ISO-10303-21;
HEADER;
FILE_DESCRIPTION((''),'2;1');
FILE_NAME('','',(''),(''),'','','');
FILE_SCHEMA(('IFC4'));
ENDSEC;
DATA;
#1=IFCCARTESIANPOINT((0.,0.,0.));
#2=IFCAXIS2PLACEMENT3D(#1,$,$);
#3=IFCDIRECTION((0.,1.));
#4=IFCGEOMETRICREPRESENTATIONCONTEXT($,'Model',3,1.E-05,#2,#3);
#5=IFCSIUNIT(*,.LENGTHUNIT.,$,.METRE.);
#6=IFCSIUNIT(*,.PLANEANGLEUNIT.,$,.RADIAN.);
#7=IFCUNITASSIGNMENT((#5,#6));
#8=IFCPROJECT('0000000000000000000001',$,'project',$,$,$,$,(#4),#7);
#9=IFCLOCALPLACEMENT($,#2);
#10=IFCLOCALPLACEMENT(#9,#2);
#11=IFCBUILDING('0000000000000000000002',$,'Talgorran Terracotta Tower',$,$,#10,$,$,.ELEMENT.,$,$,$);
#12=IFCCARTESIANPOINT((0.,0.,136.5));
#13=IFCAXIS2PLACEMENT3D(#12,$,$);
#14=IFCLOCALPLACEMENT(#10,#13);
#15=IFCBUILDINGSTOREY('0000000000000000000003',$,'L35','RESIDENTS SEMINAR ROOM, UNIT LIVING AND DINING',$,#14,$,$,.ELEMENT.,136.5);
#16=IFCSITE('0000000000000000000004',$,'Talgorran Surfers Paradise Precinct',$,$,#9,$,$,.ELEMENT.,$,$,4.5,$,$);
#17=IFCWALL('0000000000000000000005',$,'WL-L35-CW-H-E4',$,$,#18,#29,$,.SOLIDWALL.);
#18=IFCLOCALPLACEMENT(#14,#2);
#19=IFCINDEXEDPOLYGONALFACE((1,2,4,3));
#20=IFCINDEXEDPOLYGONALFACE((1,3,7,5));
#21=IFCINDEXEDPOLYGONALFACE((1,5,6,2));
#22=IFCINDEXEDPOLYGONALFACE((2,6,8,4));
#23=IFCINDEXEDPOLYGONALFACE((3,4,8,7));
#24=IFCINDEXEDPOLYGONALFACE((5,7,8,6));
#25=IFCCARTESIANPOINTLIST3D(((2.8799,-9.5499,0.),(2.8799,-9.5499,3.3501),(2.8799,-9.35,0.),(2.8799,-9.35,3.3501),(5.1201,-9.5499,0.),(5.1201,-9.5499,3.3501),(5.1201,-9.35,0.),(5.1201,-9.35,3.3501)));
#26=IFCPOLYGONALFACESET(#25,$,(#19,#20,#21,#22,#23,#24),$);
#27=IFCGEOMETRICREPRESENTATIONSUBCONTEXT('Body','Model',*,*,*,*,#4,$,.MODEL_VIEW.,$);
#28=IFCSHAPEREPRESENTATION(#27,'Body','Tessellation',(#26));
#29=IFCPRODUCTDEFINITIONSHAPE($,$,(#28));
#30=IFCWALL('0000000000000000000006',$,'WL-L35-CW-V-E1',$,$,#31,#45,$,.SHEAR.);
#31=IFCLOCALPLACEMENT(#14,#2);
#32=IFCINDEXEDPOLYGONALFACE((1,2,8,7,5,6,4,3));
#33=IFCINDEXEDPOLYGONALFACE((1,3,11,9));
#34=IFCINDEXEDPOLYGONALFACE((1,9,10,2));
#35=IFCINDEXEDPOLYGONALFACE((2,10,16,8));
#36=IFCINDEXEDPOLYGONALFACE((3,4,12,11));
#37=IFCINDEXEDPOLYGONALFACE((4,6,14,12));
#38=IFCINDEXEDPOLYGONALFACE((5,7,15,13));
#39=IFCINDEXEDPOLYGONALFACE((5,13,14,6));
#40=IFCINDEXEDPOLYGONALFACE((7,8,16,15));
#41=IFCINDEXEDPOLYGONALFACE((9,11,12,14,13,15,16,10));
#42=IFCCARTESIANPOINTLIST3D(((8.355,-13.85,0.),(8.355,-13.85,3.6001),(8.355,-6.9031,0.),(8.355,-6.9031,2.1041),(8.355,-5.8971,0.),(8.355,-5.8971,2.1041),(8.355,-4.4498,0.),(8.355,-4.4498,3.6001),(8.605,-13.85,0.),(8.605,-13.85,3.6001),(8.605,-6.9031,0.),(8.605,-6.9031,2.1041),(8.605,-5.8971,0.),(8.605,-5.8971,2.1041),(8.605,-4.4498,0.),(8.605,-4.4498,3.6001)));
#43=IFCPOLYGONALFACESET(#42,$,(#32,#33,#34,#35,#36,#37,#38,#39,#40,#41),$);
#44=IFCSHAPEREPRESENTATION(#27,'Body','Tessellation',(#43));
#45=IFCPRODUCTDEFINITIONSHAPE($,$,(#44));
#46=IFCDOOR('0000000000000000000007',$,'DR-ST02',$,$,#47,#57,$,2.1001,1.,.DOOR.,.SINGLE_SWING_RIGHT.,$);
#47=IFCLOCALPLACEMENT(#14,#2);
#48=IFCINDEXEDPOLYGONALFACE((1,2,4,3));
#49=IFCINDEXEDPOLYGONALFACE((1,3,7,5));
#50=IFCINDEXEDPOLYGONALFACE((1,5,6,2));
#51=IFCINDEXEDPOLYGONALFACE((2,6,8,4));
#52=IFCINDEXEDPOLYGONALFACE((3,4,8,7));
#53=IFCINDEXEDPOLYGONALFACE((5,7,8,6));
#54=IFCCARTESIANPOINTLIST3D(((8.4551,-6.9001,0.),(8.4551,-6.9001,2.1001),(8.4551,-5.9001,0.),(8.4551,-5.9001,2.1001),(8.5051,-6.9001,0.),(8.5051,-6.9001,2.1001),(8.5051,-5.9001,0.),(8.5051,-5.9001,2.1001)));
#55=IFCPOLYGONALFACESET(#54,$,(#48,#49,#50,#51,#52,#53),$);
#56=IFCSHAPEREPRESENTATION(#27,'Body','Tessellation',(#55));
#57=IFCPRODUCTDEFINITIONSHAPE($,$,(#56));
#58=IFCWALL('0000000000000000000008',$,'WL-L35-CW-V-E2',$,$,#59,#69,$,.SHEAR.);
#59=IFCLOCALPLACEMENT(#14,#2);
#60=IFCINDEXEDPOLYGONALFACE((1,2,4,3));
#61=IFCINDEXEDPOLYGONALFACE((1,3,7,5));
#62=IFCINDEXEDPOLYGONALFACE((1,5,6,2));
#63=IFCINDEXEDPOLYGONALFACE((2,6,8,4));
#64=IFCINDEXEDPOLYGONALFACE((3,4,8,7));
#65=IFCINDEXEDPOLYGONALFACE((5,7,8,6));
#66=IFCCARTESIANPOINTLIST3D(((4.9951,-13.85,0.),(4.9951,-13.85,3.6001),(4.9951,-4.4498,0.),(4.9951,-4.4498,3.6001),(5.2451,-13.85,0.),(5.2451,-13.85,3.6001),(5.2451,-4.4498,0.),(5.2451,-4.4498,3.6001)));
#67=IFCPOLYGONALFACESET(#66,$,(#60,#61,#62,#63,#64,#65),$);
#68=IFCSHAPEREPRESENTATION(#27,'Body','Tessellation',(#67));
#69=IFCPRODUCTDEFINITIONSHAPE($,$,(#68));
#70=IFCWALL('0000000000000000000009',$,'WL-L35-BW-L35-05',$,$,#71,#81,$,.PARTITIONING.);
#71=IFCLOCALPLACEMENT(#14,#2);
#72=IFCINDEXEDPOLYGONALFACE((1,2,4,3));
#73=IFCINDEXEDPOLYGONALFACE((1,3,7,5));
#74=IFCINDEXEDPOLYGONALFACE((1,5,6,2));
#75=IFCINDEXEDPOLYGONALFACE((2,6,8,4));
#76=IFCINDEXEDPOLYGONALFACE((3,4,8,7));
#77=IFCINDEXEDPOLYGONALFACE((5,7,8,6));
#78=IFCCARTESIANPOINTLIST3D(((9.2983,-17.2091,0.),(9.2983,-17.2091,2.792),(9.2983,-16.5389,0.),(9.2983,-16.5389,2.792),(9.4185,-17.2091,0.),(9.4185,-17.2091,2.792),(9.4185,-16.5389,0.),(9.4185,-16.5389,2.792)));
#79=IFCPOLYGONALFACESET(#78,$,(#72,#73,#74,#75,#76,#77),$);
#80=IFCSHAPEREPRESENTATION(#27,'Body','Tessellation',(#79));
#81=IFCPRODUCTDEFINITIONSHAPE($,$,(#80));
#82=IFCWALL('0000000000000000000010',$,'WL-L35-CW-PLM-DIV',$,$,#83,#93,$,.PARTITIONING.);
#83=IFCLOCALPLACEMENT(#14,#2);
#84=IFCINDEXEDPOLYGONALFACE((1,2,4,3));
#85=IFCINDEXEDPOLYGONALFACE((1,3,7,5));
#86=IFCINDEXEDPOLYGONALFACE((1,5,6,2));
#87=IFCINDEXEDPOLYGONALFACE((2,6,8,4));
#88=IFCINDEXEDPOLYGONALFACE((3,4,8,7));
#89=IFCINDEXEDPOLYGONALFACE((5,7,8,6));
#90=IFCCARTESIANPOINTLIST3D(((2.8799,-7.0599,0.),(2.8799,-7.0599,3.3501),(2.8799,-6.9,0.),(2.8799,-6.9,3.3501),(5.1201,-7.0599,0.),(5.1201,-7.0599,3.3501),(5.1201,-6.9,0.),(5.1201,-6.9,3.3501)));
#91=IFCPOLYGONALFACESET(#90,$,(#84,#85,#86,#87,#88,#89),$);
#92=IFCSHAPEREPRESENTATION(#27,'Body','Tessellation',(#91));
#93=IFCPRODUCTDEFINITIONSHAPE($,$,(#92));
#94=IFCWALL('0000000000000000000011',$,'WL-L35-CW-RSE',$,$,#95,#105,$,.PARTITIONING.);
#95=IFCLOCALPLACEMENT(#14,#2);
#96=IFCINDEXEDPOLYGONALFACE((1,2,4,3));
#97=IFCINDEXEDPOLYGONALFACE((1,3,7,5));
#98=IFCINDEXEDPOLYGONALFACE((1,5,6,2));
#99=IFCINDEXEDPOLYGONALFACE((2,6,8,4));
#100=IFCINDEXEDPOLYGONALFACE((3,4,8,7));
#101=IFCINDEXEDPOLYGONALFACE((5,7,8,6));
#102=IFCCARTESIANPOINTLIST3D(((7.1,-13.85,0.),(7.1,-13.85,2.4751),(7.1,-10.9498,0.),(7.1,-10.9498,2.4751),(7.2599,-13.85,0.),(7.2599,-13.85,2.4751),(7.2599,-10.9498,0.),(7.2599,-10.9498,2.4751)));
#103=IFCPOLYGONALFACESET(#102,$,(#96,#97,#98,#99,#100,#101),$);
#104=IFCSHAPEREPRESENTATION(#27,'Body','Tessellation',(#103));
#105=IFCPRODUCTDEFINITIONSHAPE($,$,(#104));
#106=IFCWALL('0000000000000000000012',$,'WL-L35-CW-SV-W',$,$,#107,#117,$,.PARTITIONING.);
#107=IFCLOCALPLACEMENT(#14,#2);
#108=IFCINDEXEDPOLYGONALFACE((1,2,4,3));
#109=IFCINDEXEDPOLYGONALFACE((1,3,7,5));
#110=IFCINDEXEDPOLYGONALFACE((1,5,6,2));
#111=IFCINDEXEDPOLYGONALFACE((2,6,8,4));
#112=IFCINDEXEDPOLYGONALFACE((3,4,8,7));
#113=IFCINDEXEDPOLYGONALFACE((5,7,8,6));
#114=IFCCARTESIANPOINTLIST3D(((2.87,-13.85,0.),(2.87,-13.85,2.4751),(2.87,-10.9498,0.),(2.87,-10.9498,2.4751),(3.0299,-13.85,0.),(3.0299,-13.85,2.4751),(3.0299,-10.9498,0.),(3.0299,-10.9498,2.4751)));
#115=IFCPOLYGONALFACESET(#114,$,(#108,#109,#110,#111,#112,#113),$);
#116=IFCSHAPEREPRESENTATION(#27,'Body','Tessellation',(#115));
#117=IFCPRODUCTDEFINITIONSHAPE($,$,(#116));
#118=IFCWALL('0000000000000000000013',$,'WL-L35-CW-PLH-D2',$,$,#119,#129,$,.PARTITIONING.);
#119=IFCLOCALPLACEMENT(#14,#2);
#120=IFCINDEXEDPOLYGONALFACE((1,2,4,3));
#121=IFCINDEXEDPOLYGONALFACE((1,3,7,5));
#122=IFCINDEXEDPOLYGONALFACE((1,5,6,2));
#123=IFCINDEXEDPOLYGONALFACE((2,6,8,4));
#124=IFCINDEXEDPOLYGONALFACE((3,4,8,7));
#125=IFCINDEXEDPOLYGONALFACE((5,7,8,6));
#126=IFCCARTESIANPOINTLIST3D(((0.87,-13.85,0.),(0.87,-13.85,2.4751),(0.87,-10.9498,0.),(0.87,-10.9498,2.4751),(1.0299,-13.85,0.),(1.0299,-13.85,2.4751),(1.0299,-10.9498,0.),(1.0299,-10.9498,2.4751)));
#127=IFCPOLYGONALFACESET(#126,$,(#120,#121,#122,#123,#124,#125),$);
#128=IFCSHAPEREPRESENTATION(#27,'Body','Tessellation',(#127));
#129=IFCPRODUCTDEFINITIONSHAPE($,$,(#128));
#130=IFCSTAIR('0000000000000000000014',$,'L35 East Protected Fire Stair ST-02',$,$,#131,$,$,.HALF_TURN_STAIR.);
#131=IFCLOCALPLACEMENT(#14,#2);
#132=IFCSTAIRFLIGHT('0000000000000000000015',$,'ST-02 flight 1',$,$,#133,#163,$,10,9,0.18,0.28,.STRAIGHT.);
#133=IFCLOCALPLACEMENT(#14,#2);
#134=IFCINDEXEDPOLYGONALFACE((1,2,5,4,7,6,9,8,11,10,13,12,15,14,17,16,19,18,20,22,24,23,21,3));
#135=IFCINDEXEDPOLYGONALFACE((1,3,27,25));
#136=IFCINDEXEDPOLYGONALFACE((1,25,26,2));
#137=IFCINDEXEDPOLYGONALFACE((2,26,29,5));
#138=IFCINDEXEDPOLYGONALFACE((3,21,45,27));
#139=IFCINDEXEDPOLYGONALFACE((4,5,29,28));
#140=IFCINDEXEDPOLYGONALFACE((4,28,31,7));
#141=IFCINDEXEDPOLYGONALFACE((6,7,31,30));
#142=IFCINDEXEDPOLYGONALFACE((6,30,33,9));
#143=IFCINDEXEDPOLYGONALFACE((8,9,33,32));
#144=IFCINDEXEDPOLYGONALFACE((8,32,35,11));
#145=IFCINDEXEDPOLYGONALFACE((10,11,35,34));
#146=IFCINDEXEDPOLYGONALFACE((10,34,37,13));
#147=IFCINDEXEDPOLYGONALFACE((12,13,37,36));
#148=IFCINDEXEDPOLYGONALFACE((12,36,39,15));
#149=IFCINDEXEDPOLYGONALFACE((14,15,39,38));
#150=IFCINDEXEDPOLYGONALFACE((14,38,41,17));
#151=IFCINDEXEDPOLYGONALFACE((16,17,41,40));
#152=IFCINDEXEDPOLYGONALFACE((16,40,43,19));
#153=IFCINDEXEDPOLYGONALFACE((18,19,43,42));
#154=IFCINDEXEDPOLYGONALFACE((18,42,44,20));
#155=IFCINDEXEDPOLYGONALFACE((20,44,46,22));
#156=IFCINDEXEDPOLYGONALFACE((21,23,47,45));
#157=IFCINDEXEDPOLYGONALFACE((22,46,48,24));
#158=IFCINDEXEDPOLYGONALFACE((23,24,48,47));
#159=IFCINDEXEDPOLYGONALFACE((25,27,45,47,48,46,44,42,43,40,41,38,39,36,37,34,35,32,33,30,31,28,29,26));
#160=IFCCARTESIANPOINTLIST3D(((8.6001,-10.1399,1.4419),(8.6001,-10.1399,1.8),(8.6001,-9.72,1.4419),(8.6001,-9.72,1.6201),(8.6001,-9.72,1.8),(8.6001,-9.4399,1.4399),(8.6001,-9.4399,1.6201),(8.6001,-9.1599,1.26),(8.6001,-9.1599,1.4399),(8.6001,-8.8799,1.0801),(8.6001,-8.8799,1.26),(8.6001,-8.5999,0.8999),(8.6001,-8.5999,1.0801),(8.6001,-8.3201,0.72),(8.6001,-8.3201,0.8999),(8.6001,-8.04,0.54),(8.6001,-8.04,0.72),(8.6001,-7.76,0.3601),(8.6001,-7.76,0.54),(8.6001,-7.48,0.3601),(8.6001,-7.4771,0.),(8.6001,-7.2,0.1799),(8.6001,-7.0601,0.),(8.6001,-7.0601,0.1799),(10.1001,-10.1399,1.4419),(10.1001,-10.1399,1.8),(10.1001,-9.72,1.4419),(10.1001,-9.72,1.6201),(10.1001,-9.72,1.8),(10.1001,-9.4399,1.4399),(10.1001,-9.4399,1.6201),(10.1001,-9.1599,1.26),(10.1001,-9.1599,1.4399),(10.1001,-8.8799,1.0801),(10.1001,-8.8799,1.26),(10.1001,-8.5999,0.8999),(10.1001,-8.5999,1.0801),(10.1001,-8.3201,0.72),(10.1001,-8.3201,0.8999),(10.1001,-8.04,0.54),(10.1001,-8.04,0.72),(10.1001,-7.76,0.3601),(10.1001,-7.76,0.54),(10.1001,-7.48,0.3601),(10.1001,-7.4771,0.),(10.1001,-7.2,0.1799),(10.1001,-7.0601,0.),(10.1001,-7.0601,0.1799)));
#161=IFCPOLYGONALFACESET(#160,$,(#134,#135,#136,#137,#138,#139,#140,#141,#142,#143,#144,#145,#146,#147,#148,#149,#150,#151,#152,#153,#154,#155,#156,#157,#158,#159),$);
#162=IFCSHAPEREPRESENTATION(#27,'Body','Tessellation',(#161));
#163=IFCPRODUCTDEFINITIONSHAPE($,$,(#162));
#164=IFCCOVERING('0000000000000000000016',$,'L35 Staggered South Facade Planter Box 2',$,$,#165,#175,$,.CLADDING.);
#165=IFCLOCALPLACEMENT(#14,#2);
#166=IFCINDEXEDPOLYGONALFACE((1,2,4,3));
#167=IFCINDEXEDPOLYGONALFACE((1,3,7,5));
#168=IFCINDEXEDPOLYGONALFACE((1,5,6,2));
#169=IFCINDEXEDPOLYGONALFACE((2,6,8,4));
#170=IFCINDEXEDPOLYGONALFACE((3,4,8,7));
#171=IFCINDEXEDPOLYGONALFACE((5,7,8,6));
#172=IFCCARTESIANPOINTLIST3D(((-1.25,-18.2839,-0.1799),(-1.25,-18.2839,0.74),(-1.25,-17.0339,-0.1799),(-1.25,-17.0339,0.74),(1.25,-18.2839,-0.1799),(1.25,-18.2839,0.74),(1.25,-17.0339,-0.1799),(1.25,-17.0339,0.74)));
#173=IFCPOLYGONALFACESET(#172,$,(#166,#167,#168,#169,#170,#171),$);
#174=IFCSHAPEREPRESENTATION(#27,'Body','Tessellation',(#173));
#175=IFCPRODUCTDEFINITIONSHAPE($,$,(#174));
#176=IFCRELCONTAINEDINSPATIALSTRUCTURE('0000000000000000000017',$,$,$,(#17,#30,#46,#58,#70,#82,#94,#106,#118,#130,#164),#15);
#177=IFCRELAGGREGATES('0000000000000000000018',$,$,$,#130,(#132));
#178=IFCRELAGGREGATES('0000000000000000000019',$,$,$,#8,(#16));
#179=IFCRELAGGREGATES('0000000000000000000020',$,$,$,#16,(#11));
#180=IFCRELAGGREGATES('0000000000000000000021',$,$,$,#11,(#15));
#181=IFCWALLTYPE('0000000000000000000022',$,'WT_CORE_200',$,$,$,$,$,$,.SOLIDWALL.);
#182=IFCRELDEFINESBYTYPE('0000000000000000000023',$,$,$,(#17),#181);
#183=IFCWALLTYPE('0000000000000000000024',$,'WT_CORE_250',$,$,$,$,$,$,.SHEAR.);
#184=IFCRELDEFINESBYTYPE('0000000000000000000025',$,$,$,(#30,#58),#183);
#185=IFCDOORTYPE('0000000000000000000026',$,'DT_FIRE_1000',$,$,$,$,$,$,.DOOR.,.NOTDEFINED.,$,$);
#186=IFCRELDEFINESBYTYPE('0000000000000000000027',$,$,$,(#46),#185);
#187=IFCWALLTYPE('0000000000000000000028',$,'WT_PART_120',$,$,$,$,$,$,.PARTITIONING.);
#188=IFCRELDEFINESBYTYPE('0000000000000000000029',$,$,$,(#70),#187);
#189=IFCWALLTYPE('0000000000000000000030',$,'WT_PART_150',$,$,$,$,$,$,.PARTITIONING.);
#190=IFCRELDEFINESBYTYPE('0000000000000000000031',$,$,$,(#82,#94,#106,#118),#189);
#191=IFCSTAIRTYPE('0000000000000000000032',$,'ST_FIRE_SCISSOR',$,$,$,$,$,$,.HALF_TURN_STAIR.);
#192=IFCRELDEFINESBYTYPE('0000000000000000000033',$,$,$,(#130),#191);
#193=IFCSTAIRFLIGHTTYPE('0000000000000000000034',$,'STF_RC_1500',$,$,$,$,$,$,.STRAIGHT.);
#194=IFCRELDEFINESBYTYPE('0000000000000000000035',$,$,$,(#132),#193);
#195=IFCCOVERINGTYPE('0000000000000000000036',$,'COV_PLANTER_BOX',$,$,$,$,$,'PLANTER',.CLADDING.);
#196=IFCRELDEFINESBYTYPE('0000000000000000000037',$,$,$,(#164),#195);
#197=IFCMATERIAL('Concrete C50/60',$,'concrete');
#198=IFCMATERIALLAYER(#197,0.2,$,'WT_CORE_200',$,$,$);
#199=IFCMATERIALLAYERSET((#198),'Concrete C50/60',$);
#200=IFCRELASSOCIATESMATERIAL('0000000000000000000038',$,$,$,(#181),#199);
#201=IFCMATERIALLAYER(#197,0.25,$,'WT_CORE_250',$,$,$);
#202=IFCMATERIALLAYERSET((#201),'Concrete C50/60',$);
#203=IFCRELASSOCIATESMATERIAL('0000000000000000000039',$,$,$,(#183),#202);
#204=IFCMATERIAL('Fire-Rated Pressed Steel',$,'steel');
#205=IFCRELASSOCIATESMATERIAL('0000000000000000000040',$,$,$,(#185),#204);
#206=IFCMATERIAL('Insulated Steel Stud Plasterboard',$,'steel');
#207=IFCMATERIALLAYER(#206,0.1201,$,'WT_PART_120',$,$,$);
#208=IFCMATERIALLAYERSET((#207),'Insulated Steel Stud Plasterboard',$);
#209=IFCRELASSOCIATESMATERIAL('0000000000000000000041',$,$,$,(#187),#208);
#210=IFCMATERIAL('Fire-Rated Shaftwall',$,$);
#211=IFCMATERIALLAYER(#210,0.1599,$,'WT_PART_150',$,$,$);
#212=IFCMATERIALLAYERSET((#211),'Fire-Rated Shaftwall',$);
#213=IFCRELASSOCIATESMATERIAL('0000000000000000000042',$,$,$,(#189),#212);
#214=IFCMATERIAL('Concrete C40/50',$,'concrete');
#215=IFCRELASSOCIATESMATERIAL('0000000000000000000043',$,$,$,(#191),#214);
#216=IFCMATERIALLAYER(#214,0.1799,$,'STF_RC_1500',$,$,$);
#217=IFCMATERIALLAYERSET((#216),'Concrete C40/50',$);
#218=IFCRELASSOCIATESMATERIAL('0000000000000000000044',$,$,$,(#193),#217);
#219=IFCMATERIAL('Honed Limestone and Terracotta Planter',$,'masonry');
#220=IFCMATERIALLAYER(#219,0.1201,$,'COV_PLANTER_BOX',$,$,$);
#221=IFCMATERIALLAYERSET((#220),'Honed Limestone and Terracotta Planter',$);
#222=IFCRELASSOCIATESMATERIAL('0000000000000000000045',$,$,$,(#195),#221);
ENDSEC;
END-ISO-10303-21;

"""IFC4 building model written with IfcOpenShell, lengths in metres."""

from ifc_helpers import new_model, si_unit, direction, frame, frame_2d, origin, origin_2d, place, context, subcontext, project, spatial, polyline, rectangle, outline, extrude, material, layer, layer_set, type_object, element, fill, aggregate, save


model = new_model("IFC4")

# Units and contexts
model_context = context("Model", 3, precision=1e-05, world=origin(), true_north=direction((0.0, 1.0)))
body_context = subcontext(model_context, "Body", "Model", "MODEL_VIEW")
ifc_project = project(units=[si_unit("LENGTHUNIT", "METRE"), si_unit("PLANEANGLEUNIT", "RADIAN")], contexts=[model_context])

# Site, building, storey
site_placement = place(None, origin())
site = spatial("IfcSite", under=ifc_project, at=site_placement, Name="Talgorran Surfers Paradise Precinct", CompositionType="ELEMENT", RefElevation=4.5)
building_placement = place(site_placement, origin())
building = spatial("IfcBuilding", under=site, at=building_placement, Name="Talgorran Terracotta Tower", CompositionType="ELEMENT")
storey_placement = place(building_placement, frame((0.0, 0.0, 136.5)))
storey = spatial("IfcBuildingStorey", under=building, at=storey_placement, Name="L35", Description="RESIDENTS SEMINAR ROOM, UNIT LIVING AND DINING", CompositionType="ELEMENT", Elevation=136.5)

# Shared definitions
ifc_material_1 = material(Name="Concrete C50/60", Category="concrete")

# Shared definitions
ifc_layer_1 = layer(ifc_material_1, 0.2, Name="WT_CORE_200")
ifc_layer_set_1 = layer_set([ifc_layer_1], Name="Concrete C50/60")
wall_type_1 = type_object("IfcWallType", Name="WT_CORE_200", PredefinedType="SOLIDWALL", material=ifc_layer_set_1)

# Shared definitions
ifc_material_2 = material(Name="Fire-Rated Pressed Steel", Category="steel")

# Wall
wall_1_placement = place(storey_placement, frame((2.8799, -9.45, 0.0), z_axis=(0.0, 0.0, 1.0), x_axis=(1.0, 0.0, 0.0)))
element("IfcWall", 1, at=wall_1_placement, inside=storey, type_object=wall_type_1, Name="WL-L35-CW-H-E4", PredefinedType="SOLIDWALL", context=body_context, shape_type="SweptSolid", body=[
    extrude(rectangle(XDim=2.2402, YDim=0.2, at=frame_2d((1.1201, 0.0))), origin(), (0.0, 0.0, 1.0), 3.3501),
])

# Wall, opening, door
ifc_layer_2 = layer(ifc_material_1, 0.25, Name="WT_CORE_250")
ifc_layer_set_2 = layer_set([ifc_layer_2], Name="Concrete C50/60")
wall_type_2 = type_object("IfcWallType", Name="WT_CORE_250", PredefinedType="SHEAR", material=ifc_layer_set_2)
wall_2_placement = place(storey_placement, frame((8.48, -13.8501, 0.0), z_axis=(0.0, 0.0, 1.0), x_axis=(0.0, 1.0, 0.0)))
wall_2 = element("IfcWall", 2, at=wall_2_placement, inside=storey, type_object=wall_type_2, Name="WL-L35-CW-V-E1", PredefinedType="SHEAR", context=body_context, shape_type="SweptSolid", body=[
    extrude(rectangle(XDim=9.4001, YDim=0.25, at=frame_2d((4.7002, 0.0))), origin(), (0.0, 0.0, 1.0), 3.6001),
])
opening_1_placement = place(wall_2_placement, frame((6.95, 0.0, 0.0)))
opening_1 = element("IfcOpeningElement", 3, at=opening_1_placement, cuts=wall_2, PredefinedType="OPENING", context=body_context, shape_type="SweptSolid", body=[
    extrude(rectangle(XDim=1.006, YDim=2.1041, at=frame_2d((0.5, 1.052))), frame((0.0, 0.135, 0.0), z_axis=(0.0, -1.0, 0.0), x_axis=(1.0, 0.0, 0.0)), (0.0, 0.0, 1.0), 0.27),
])
door_type_1 = type_object("IfcDoorType", Name="DT_FIRE_1000", OperationType="NOTDEFINED", PredefinedType="DOOR", material=ifc_material_2)
door_1_placement = place(opening_1_placement, origin())
door_1 = element("IfcDoor", 4, at=door_1_placement, inside=storey, type_object=door_type_1, Name="DR-ST02", OperationType="SINGLE_SWING_RIGHT", OverallHeight=2.1001, OverallWidth=1.0, PredefinedType="DOOR", context=body_context, shape_type="SweptSolid", body=[
    extrude(rectangle(XDim=1.0, YDim=2.1001, at=frame_2d((0.5, 1.05))), frame((0.0, 0.0249, 0.0), z_axis=(0.0, -1.0, 0.0), x_axis=(1.0, 0.0, 0.0)), (0.0, 0.0, 1.0), 0.05),
])
fill(opening_1, door_1)

# Walls
wall_3_placement = place(storey_placement, frame((5.1201, -13.8501, 0.0), z_axis=(0.0, 0.0, 1.0), x_axis=(0.0, 1.0, 0.0)))
element("IfcWall", 5, at=wall_3_placement, inside=storey, type_object=wall_type_2, Name="WL-L35-CW-V-E2", PredefinedType="SHEAR", context=body_context, shape_type="SweptSolid", body=[
    extrude(rectangle(XDim=9.4001, YDim=0.25, at=frame_2d((4.7002, 0.0))), origin(), (0.0, 0.0, 1.0), 3.6001),
])
ifc_material_3 = material(Name="Insulated Steel Stud Plasterboard", Category="steel")
ifc_layer_3 = layer(ifc_material_3, 0.1201, Name="WT_PART_120")
ifc_layer_set_3 = layer_set([ifc_layer_3], Name="Insulated Steel Stud Plasterboard")
wall_type_3 = type_object("IfcWallType", Name="WT_PART_120", PredefinedType="PARTITIONING", material=ifc_layer_set_3)
wall_4_placement = place(storey_placement, frame((9.3584, -17.209, 0.0), z_axis=(0.0, 0.0, 1.0), x_axis=(0.0, 1.0, 0.0)))
element("IfcWall", 6, at=wall_4_placement, inside=storey, type_object=wall_type_3, Name="WL-L35-BW-L35-05", PredefinedType="PARTITIONING", context=body_context, shape_type="SweptSolid", body=[
    extrude(rectangle(XDim=0.6702, YDim=0.1201, at=frame_2d((0.335, 0.0))), origin(), (0.0, 0.0, 1.0), 2.792),
])
ifc_material_4 = material(Name="Fire-Rated Shaftwall")
ifc_layer_4 = layer(ifc_material_4, 0.1599, Name="WT_PART_150")
ifc_layer_set_4 = layer_set([ifc_layer_4], Name="Fire-Rated Shaftwall")
wall_type_4 = type_object("IfcWallType", Name="WT_PART_150", PredefinedType="PARTITIONING", material=ifc_layer_set_4)
wall_5_placement = place(storey_placement, frame((2.8799, -6.98, 0.0), z_axis=(0.0, 0.0, 1.0), x_axis=(1.0, 0.0, 0.0)))
element("IfcWall", 7, at=wall_5_placement, inside=storey, type_object=wall_type_4, Name="WL-L35-CW-PLM-DIV", PredefinedType="PARTITIONING", context=body_context, shape_type="SweptSolid", body=[
    extrude(rectangle(XDim=2.2402, YDim=0.1599, at=frame_2d((1.1201, 0.0))), origin(), (0.0, 0.0, 1.0), 3.3501),
])
for number, where, z_axis, x_axis, name in (
    (8, (7.1799, -13.8501, 0.0), (0.0, 0.0, 1.0), (0.0, 1.0, 0.0), "WL-L35-CW-RSE"),
    (9, (2.95, -13.8501, 0.0), (0.0, 0.0, 1.0), (0.0, 1.0, 0.0), "WL-L35-CW-SV-W"),
    (10, (0.95, -13.8501, 0.0), (0.0, 0.0, 1.0), (0.0, 1.0, 0.0), "WL-L35-CW-PLH-D2"),
):
    element("IfcWall", number, at=place(storey_placement, frame(where, z_axis=z_axis, x_axis=x_axis)), inside=storey, type_object=wall_type_4, Name=name, PredefinedType="PARTITIONING", context=body_context, shape_type="SweptSolid", body=[
        extrude(rectangle(XDim=2.9001, YDim=0.1599, at=frame_2d((1.4502, 0.0))), origin(), (0.0, 0.0, 1.0), 2.4751),
    ])

# Stair, stair flight
ifc_material_5 = material(Name="Concrete C40/50", Category="concrete")
stair_type = type_object("IfcStairType", Name="ST_FIRE_SCISSOR", PredefinedType="HALF_TURN_STAIR", material=ifc_material_5)
stair_placement = place(storey_placement, origin())
stair = element("IfcStair", 11, at=stair_placement, inside=storey, type_object=stair_type, Name="L35 East Protected Fire Stair ST-02", PredefinedType="HALF_TURN_STAIR")
ifc_layer_5 = layer(ifc_material_5, 0.1799, Name="STF_RC_1500")
ifc_layer_set_5 = layer_set([ifc_layer_5], Name="Concrete C40/50")
stair_flight_type = type_object("IfcStairFlightType", Name="STF_RC_1500", PredefinedType="STRAIGHT", material=ifc_layer_set_5)
stair_flight_placement = place(storey_placement, frame((9.3501, -7.2, 0.0), z_axis=(0.0, 0.0, 1.0), x_axis=(0.0, -1.0, 0.0)))
stair_flight = element("IfcStairFlight", 12, at=stair_flight_placement, type_object=stair_flight_type, Name="ST-02 flight 1", NumberOfRisers=10, NumberOfTreads=9, PredefinedType="STRAIGHT", RiserHeight=0.18, TreadLength=0.28, context=body_context, shape_type="SweptSolid", body=[
    extrude(outline(polyline([(-0.1399, 0.0), (-0.1399, 0.1799), (0.0, 0.1799), (0.28, 0.3601), (0.5601, 0.3601), (0.5601, 0.54), (0.8401, 0.54), (0.8401, 0.72), (1.1201, 0.72), (1.1201, 0.8999), (1.3999, 0.8999), (1.3999, 1.0801), (1.6799, 1.0801), (1.6799, 1.26), (1.96, 1.26), (1.96, 1.4399), (2.24, 1.4399), (2.24, 1.6201), (2.52, 1.6201), (2.52, 1.8), (2.9399, 1.8), (2.9399, 1.4419), (2.52, 1.4419), (0.2771, 0.0), (-0.1399, 0.0)])), frame((0.0, 0.75, 0.0), z_axis=(0.0, -1.0, 0.0), x_axis=(1.0, 0.0, 0.0)), (0.0, 0.0, 1.0), 1.5),
])
aggregate(stair, [stair_flight])

# Covering
ifc_material_6 = material(Name="Honed Limestone and Terracotta Planter", Category="masonry")
ifc_layer_6 = layer(ifc_material_6, 0.1201, Name="COV_PLANTER_BOX")
ifc_layer_set_6 = layer_set([ifc_layer_6], Name="Honed Limestone and Terracotta Planter")
covering_type_1 = type_object("IfcCoveringType", Name="COV_PLANTER_BOX", ElementType="PLANTER", PredefinedType="CLADDING", material=ifc_layer_set_6)
covering_1_placement = place(storey_placement, frame((0.0, -17.6589, -0.1799), z_axis=(0.0, 0.0, 1.0), x_axis=(1.0, 0.0, 0.0)))
element("IfcCovering", 13, at=covering_1_placement, inside=storey, type_object=covering_type_1, Name="L35 Staggered South Facade Planter Box 2", PredefinedType="CLADDING", context=body_context, shape_type="SweptSolid", body=[
    extrude(rectangle(XDim=2.5, YDim=1.25, at=origin_2d()), origin(), (0.0, 0.0, 1.0), 0.9199),
])

save(model, "model.ifc")
